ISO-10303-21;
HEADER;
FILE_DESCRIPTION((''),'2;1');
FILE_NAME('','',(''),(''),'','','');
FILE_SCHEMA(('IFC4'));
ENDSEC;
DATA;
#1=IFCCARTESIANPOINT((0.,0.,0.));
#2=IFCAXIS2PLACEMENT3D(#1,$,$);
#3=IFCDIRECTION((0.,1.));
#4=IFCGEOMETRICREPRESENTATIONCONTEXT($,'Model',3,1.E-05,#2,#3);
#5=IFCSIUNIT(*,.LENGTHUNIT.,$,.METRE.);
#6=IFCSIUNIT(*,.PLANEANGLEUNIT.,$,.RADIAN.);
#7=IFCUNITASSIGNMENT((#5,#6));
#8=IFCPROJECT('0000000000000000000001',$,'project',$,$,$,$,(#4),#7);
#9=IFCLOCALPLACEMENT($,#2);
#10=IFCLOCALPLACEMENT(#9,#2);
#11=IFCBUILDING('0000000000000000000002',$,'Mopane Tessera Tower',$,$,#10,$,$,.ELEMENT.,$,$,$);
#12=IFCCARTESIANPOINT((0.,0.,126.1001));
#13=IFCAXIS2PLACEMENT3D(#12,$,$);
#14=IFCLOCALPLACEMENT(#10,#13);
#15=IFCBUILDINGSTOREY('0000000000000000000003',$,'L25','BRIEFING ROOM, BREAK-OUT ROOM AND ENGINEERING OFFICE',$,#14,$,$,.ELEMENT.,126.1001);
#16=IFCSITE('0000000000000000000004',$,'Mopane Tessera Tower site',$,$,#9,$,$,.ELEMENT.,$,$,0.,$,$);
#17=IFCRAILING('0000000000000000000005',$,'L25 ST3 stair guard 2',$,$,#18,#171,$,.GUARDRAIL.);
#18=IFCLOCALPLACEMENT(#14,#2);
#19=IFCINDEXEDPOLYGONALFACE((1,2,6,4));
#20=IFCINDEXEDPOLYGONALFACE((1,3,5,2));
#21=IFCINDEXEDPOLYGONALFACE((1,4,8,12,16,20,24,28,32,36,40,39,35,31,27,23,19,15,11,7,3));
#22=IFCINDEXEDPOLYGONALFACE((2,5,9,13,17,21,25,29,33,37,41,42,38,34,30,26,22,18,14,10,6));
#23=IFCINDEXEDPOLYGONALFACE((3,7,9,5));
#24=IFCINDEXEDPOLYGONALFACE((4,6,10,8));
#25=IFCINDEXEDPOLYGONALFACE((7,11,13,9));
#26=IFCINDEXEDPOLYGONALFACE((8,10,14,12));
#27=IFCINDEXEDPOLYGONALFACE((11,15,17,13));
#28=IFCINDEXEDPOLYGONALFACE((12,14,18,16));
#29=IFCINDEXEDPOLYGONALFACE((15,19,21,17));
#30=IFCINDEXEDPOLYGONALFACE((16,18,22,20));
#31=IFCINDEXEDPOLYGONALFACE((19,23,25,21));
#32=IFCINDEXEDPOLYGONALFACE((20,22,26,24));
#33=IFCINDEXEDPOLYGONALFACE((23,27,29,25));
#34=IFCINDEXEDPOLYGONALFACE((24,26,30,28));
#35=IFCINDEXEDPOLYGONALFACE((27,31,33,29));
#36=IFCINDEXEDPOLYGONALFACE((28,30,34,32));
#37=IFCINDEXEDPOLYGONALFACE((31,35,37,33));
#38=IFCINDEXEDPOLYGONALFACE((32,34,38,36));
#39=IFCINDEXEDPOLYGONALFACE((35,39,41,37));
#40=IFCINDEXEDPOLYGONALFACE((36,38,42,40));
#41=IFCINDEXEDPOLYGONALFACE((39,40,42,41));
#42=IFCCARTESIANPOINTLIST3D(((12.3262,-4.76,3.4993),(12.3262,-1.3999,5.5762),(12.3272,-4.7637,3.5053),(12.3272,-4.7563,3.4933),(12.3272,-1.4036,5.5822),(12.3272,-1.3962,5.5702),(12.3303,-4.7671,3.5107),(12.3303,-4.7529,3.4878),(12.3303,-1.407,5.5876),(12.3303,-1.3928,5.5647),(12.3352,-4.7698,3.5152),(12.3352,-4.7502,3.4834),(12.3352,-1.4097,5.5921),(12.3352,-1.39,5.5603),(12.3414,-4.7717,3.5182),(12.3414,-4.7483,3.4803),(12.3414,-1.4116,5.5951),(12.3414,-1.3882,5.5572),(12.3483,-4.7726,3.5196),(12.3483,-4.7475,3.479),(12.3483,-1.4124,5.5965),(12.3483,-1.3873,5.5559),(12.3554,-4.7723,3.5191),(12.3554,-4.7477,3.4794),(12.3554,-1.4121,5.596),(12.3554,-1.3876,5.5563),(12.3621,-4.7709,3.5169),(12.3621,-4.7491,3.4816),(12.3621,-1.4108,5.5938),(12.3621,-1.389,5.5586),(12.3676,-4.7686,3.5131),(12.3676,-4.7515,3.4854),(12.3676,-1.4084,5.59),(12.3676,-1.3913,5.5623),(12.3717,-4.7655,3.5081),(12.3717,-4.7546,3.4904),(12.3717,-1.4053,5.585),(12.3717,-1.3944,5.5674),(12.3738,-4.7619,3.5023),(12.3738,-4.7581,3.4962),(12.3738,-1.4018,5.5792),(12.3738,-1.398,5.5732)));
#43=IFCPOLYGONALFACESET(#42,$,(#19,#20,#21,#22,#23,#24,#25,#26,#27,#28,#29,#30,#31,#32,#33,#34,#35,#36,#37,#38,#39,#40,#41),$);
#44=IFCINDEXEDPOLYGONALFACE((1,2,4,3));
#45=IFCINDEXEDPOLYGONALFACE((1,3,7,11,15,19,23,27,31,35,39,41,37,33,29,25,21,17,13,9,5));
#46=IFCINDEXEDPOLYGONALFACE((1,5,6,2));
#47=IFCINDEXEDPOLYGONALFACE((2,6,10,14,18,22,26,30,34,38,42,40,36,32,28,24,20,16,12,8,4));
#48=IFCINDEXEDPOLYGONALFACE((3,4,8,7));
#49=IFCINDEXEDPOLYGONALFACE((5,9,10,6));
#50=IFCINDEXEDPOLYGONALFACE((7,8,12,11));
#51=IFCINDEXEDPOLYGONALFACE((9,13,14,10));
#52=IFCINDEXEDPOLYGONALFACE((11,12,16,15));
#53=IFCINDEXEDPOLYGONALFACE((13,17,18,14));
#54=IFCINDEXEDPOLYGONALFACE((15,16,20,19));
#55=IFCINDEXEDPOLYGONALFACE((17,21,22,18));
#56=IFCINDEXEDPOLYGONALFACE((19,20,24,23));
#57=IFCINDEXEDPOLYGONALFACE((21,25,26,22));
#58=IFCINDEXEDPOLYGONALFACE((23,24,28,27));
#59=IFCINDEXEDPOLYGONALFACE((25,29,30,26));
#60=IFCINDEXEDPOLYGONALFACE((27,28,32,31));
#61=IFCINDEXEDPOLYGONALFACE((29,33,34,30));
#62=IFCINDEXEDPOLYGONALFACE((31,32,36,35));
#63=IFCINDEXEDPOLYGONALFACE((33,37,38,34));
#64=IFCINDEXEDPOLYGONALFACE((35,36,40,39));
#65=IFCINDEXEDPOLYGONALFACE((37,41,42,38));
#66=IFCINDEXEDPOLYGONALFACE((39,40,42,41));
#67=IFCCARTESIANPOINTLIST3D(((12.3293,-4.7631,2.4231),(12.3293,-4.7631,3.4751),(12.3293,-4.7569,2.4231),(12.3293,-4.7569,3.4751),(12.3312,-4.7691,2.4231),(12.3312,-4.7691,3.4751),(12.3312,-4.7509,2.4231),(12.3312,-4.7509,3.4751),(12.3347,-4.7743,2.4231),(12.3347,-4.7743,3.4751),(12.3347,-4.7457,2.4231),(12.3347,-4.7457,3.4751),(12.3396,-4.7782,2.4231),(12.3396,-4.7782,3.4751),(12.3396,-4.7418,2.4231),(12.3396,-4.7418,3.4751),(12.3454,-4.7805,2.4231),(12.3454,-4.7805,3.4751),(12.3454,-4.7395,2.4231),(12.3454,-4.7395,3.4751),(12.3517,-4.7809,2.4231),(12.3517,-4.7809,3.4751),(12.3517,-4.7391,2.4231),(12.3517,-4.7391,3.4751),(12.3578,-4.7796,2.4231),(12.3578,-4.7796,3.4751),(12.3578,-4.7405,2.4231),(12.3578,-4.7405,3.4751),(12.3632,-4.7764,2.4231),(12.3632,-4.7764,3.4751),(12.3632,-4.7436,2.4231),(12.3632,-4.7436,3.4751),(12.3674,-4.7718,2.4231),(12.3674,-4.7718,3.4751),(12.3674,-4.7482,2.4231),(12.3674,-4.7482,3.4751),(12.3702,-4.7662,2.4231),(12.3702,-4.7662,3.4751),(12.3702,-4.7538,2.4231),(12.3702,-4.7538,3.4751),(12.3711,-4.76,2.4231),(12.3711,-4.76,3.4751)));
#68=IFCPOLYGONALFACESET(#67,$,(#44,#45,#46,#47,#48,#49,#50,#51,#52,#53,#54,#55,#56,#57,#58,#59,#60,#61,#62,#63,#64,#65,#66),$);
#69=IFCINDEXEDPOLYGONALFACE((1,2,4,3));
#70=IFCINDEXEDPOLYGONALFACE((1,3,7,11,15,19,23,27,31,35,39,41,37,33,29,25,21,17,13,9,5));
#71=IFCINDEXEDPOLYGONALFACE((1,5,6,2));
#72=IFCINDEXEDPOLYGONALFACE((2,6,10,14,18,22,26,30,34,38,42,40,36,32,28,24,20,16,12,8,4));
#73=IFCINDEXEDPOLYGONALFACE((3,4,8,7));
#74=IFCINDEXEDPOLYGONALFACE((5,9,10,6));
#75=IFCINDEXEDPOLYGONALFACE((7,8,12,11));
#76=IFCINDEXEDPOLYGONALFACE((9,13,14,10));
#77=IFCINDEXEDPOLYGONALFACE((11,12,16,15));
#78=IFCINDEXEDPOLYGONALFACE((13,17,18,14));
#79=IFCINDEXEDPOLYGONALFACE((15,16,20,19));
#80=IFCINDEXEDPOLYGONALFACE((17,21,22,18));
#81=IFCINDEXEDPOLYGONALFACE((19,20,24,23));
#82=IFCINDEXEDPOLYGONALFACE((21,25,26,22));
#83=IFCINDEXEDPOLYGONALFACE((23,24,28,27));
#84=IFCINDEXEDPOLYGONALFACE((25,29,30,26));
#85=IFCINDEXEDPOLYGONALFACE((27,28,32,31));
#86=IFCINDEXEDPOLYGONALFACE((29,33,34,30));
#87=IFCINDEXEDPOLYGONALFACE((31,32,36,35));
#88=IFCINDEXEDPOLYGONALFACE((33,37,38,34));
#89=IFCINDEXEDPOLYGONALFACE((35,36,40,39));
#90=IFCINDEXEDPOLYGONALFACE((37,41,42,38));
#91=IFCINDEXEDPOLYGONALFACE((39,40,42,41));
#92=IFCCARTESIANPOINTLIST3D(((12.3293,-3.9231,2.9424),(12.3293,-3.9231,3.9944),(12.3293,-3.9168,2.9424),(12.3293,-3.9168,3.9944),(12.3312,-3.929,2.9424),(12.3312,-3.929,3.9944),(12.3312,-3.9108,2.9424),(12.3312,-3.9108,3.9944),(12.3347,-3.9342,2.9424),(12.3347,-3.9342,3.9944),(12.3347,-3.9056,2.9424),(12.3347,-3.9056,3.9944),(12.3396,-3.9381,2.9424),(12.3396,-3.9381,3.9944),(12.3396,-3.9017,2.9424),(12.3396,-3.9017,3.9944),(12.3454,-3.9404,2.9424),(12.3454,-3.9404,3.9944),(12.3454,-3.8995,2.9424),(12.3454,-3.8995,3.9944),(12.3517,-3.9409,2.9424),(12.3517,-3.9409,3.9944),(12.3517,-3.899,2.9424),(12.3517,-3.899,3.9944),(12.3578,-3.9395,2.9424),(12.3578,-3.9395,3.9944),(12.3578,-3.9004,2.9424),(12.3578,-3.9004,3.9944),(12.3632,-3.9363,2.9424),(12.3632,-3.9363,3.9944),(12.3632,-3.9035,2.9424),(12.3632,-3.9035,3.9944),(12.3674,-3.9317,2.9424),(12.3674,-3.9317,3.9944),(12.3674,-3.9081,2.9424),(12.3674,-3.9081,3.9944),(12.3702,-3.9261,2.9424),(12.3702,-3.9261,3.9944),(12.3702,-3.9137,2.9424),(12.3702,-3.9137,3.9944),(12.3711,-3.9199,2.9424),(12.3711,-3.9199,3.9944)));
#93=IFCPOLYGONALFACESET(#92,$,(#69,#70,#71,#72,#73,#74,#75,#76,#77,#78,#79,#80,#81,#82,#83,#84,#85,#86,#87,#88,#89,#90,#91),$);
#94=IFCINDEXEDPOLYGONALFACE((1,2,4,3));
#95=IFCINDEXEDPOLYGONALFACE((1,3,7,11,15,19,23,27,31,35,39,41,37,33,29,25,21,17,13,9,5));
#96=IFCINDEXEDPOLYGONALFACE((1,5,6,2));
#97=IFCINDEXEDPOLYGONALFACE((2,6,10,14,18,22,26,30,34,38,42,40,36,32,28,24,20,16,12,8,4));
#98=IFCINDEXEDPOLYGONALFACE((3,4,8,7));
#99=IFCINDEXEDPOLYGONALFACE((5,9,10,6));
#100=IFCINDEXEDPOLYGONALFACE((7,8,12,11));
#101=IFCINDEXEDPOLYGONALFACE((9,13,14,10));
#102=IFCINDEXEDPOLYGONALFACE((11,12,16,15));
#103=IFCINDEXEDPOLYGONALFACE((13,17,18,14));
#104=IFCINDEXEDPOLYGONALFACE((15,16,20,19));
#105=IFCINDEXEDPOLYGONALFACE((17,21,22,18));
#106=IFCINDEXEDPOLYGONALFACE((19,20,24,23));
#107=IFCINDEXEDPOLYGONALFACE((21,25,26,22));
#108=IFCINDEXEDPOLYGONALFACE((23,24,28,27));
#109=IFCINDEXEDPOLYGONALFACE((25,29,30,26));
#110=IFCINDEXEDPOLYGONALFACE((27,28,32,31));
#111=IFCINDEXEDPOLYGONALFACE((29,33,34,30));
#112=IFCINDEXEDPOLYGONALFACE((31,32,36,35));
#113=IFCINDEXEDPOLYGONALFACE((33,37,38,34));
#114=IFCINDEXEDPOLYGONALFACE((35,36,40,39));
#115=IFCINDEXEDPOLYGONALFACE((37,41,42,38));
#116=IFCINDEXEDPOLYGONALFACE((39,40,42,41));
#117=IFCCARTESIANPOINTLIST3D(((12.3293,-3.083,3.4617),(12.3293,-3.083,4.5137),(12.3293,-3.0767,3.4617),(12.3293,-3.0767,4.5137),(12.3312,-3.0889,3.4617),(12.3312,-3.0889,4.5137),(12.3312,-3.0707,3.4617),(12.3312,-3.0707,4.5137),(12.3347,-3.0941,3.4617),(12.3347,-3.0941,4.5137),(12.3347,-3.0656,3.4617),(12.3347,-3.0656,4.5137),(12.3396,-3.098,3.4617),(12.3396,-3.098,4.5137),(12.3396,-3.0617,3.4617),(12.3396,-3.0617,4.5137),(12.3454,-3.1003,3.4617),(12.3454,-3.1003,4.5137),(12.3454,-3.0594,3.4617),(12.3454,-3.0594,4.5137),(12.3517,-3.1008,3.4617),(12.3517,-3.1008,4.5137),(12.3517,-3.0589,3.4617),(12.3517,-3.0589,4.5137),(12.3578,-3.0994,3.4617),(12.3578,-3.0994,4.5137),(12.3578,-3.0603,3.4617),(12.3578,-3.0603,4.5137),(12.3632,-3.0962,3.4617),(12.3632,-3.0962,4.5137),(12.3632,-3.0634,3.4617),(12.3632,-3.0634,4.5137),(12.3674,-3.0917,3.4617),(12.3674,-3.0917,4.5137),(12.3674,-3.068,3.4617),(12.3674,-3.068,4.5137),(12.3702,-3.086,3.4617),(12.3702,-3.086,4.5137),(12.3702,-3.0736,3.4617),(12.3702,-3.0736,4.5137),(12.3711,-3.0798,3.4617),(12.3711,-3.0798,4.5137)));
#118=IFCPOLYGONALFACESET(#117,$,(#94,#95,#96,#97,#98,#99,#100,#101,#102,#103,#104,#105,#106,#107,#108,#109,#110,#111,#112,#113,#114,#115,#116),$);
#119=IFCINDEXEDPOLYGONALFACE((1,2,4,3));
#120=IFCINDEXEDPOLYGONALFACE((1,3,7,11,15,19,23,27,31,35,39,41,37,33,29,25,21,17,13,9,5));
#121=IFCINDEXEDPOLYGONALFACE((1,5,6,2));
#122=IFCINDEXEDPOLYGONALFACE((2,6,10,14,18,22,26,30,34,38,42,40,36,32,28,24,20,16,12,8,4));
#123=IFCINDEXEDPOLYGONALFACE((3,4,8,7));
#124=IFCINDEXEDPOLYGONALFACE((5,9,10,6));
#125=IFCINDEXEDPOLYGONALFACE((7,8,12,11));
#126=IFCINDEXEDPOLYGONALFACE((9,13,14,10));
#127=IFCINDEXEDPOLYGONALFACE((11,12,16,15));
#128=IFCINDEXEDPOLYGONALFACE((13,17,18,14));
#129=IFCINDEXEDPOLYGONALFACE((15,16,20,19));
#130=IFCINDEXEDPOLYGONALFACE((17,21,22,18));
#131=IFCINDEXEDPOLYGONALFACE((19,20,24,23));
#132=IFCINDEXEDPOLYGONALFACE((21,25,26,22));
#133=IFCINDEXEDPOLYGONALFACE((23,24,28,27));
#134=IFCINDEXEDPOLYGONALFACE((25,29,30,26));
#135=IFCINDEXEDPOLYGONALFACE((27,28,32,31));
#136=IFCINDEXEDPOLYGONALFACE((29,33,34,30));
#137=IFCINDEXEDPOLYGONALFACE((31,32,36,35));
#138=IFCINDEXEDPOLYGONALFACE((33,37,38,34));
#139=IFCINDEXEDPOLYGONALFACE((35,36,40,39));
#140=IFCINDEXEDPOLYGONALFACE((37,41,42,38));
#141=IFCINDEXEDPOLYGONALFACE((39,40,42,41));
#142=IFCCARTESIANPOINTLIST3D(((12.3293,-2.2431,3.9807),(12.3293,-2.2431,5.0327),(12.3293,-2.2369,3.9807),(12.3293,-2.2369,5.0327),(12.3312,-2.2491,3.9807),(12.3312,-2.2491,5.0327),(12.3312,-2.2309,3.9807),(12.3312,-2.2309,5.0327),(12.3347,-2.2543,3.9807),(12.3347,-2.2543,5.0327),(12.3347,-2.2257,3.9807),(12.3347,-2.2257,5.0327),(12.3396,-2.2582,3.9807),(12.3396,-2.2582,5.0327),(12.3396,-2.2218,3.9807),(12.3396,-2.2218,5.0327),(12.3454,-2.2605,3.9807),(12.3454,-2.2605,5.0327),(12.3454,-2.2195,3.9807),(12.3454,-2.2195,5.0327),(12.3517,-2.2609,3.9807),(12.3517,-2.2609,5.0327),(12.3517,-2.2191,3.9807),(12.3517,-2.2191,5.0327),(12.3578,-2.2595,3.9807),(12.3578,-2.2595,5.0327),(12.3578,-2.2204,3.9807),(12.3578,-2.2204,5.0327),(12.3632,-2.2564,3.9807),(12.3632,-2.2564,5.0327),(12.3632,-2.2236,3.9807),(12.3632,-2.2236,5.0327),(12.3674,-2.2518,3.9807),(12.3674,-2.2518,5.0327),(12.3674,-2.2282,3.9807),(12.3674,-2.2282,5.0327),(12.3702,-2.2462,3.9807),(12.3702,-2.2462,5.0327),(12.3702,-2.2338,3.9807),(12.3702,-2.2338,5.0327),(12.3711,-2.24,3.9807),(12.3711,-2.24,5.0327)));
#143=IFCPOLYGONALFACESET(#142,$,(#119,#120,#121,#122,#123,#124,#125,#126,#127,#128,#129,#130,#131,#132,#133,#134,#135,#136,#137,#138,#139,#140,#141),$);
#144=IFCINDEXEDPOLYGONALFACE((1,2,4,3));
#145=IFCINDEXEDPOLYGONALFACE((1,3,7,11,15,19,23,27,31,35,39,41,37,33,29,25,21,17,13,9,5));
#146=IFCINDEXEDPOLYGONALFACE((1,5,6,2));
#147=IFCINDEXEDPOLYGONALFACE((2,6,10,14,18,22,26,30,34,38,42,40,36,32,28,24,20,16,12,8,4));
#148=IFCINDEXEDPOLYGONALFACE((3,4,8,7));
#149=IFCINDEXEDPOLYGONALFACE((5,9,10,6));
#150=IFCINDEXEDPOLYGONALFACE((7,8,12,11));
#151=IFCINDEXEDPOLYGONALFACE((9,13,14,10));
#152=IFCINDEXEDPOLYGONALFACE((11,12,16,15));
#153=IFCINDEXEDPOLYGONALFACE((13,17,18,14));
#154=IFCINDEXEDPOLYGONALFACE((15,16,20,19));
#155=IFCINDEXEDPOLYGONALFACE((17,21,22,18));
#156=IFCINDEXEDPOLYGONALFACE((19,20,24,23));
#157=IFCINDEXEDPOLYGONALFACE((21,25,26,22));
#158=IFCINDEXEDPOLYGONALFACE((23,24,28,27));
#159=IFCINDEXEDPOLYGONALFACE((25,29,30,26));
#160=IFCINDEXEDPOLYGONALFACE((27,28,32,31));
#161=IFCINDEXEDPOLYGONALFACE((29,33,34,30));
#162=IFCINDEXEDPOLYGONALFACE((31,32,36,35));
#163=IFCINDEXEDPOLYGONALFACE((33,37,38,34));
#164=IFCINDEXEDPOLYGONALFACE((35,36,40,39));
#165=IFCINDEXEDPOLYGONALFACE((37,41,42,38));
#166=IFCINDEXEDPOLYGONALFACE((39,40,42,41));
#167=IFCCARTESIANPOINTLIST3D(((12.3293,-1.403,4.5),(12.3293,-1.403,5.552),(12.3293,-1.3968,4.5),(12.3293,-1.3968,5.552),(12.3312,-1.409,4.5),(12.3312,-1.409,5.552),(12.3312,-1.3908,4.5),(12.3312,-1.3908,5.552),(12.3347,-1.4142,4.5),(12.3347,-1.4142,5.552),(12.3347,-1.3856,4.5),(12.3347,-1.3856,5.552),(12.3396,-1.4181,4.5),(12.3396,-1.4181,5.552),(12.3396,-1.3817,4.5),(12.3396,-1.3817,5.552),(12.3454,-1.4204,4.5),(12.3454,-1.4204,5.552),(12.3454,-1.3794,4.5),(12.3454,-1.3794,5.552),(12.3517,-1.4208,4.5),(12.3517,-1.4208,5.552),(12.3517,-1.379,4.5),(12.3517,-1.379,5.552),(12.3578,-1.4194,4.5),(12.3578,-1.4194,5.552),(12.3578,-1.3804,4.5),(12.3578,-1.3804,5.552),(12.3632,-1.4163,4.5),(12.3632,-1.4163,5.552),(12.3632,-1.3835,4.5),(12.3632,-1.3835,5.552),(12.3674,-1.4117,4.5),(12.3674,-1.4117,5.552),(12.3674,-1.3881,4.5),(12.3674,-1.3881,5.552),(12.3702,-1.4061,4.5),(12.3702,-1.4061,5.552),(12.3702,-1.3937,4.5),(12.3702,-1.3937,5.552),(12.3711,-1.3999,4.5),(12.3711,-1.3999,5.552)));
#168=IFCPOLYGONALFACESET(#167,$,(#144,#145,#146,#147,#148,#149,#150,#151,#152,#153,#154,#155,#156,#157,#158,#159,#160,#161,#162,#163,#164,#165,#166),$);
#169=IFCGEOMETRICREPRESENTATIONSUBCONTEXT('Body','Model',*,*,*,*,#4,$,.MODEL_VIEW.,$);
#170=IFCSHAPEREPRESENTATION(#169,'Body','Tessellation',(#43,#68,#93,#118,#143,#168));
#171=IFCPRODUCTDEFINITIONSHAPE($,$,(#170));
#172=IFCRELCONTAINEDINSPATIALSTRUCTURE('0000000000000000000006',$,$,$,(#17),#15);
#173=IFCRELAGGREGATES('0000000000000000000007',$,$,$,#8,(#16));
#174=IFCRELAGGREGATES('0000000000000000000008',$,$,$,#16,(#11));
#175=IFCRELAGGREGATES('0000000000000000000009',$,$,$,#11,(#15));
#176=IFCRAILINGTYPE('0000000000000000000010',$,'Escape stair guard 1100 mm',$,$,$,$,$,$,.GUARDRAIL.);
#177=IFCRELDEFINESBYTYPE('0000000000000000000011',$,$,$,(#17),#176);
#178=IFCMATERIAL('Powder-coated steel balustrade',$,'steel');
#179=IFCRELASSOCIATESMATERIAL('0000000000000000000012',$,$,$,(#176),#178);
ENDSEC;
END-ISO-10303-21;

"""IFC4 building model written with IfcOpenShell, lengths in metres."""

from ifc_helpers import new_model, si_unit, direction, frame, origin, origin_2d, place, context, subcontext, project, spatial, circle, extrude, material, type_object, element, save


model = new_model("IFC4")

# Units and contexts
model_context = context("Model", 3, precision=1e-05, world=origin(), true_north=direction((0.0, 1.0)))
body_context = subcontext(model_context, "Body", "Model", "MODEL_VIEW")
ifc_project = project(units=[si_unit("LENGTHUNIT", "METRE"), si_unit("PLANEANGLEUNIT", "RADIAN")], contexts=[model_context])

# Site, building, storey
site_placement = place(None, origin())
site = spatial("IfcSite", under=ifc_project, at=site_placement, Name="Mopane Tessera Tower site", CompositionType="ELEMENT", RefElevation=0.0)
building_placement = place(site_placement, origin())
building = spatial("IfcBuilding", under=site, at=building_placement, Name="Mopane Tessera Tower", CompositionType="ELEMENT")
storey_placement = place(building_placement, frame((0.0, 0.0, 126.1001)))
storey = spatial("IfcBuildingStorey", under=building, at=storey_placement, Name="L25", Description="BRIEFING ROOM, BREAK-OUT ROOM AND ENGINEERING OFFICE", CompositionType="ELEMENT", Elevation=126.1001)

# Railing
ifc_material_1 = material(Name="Powder-coated steel balustrade", Category="steel")
railing_type_1 = type_object("IfcRailingType", Name="Escape stair guard 1100 mm", PredefinedType="GUARDRAIL", material=ifc_material_1)
railing_1_placement = place(storey_placement, frame((12.3501, -4.76, 2.4231)))
element("IfcRailing", 1, at=railing_1_placement, inside=storey, type_object=railing_type_1, Name="L25 ST3 stair guard 2", PredefinedType="GUARDRAIL", context=body_context, shape_type="SweptSolid", body=[
    extrude(circle(Radius=0.0239, at=origin_2d()), frame((0.0, 0.0, 1.0762), z_axis=(0.0, 0.850623, 0.525776), x_axis=(-1.0, 0.0, 0.0)), (0.0, 0.0, 1.0), 3.9502),
    extrude(circle(Radius=0.021, at=origin_2d()), origin(), (0.0, 0.0, 1.0), 1.052),
    extrude(circle(Radius=0.021, at=origin_2d()), frame((0.0, 0.8401, 0.5193)), (0.0, 0.0, 1.0), 1.052),
    extrude(circle(Radius=0.021, at=origin_2d()), frame((0.0, 1.6802, 1.0386)), (0.0, 0.0, 1.0), 1.052),
    extrude(circle(Radius=0.021, at=origin_2d()), frame((0.0, 2.52, 1.5576)), (0.0, 0.0, 1.0), 1.052),
    extrude(circle(Radius=0.021, at=origin_2d()), frame((0.0, 3.3601, 2.0769)), (0.0, 0.0, 1.0), 1.052),
])

save(model, "model.ifc")
